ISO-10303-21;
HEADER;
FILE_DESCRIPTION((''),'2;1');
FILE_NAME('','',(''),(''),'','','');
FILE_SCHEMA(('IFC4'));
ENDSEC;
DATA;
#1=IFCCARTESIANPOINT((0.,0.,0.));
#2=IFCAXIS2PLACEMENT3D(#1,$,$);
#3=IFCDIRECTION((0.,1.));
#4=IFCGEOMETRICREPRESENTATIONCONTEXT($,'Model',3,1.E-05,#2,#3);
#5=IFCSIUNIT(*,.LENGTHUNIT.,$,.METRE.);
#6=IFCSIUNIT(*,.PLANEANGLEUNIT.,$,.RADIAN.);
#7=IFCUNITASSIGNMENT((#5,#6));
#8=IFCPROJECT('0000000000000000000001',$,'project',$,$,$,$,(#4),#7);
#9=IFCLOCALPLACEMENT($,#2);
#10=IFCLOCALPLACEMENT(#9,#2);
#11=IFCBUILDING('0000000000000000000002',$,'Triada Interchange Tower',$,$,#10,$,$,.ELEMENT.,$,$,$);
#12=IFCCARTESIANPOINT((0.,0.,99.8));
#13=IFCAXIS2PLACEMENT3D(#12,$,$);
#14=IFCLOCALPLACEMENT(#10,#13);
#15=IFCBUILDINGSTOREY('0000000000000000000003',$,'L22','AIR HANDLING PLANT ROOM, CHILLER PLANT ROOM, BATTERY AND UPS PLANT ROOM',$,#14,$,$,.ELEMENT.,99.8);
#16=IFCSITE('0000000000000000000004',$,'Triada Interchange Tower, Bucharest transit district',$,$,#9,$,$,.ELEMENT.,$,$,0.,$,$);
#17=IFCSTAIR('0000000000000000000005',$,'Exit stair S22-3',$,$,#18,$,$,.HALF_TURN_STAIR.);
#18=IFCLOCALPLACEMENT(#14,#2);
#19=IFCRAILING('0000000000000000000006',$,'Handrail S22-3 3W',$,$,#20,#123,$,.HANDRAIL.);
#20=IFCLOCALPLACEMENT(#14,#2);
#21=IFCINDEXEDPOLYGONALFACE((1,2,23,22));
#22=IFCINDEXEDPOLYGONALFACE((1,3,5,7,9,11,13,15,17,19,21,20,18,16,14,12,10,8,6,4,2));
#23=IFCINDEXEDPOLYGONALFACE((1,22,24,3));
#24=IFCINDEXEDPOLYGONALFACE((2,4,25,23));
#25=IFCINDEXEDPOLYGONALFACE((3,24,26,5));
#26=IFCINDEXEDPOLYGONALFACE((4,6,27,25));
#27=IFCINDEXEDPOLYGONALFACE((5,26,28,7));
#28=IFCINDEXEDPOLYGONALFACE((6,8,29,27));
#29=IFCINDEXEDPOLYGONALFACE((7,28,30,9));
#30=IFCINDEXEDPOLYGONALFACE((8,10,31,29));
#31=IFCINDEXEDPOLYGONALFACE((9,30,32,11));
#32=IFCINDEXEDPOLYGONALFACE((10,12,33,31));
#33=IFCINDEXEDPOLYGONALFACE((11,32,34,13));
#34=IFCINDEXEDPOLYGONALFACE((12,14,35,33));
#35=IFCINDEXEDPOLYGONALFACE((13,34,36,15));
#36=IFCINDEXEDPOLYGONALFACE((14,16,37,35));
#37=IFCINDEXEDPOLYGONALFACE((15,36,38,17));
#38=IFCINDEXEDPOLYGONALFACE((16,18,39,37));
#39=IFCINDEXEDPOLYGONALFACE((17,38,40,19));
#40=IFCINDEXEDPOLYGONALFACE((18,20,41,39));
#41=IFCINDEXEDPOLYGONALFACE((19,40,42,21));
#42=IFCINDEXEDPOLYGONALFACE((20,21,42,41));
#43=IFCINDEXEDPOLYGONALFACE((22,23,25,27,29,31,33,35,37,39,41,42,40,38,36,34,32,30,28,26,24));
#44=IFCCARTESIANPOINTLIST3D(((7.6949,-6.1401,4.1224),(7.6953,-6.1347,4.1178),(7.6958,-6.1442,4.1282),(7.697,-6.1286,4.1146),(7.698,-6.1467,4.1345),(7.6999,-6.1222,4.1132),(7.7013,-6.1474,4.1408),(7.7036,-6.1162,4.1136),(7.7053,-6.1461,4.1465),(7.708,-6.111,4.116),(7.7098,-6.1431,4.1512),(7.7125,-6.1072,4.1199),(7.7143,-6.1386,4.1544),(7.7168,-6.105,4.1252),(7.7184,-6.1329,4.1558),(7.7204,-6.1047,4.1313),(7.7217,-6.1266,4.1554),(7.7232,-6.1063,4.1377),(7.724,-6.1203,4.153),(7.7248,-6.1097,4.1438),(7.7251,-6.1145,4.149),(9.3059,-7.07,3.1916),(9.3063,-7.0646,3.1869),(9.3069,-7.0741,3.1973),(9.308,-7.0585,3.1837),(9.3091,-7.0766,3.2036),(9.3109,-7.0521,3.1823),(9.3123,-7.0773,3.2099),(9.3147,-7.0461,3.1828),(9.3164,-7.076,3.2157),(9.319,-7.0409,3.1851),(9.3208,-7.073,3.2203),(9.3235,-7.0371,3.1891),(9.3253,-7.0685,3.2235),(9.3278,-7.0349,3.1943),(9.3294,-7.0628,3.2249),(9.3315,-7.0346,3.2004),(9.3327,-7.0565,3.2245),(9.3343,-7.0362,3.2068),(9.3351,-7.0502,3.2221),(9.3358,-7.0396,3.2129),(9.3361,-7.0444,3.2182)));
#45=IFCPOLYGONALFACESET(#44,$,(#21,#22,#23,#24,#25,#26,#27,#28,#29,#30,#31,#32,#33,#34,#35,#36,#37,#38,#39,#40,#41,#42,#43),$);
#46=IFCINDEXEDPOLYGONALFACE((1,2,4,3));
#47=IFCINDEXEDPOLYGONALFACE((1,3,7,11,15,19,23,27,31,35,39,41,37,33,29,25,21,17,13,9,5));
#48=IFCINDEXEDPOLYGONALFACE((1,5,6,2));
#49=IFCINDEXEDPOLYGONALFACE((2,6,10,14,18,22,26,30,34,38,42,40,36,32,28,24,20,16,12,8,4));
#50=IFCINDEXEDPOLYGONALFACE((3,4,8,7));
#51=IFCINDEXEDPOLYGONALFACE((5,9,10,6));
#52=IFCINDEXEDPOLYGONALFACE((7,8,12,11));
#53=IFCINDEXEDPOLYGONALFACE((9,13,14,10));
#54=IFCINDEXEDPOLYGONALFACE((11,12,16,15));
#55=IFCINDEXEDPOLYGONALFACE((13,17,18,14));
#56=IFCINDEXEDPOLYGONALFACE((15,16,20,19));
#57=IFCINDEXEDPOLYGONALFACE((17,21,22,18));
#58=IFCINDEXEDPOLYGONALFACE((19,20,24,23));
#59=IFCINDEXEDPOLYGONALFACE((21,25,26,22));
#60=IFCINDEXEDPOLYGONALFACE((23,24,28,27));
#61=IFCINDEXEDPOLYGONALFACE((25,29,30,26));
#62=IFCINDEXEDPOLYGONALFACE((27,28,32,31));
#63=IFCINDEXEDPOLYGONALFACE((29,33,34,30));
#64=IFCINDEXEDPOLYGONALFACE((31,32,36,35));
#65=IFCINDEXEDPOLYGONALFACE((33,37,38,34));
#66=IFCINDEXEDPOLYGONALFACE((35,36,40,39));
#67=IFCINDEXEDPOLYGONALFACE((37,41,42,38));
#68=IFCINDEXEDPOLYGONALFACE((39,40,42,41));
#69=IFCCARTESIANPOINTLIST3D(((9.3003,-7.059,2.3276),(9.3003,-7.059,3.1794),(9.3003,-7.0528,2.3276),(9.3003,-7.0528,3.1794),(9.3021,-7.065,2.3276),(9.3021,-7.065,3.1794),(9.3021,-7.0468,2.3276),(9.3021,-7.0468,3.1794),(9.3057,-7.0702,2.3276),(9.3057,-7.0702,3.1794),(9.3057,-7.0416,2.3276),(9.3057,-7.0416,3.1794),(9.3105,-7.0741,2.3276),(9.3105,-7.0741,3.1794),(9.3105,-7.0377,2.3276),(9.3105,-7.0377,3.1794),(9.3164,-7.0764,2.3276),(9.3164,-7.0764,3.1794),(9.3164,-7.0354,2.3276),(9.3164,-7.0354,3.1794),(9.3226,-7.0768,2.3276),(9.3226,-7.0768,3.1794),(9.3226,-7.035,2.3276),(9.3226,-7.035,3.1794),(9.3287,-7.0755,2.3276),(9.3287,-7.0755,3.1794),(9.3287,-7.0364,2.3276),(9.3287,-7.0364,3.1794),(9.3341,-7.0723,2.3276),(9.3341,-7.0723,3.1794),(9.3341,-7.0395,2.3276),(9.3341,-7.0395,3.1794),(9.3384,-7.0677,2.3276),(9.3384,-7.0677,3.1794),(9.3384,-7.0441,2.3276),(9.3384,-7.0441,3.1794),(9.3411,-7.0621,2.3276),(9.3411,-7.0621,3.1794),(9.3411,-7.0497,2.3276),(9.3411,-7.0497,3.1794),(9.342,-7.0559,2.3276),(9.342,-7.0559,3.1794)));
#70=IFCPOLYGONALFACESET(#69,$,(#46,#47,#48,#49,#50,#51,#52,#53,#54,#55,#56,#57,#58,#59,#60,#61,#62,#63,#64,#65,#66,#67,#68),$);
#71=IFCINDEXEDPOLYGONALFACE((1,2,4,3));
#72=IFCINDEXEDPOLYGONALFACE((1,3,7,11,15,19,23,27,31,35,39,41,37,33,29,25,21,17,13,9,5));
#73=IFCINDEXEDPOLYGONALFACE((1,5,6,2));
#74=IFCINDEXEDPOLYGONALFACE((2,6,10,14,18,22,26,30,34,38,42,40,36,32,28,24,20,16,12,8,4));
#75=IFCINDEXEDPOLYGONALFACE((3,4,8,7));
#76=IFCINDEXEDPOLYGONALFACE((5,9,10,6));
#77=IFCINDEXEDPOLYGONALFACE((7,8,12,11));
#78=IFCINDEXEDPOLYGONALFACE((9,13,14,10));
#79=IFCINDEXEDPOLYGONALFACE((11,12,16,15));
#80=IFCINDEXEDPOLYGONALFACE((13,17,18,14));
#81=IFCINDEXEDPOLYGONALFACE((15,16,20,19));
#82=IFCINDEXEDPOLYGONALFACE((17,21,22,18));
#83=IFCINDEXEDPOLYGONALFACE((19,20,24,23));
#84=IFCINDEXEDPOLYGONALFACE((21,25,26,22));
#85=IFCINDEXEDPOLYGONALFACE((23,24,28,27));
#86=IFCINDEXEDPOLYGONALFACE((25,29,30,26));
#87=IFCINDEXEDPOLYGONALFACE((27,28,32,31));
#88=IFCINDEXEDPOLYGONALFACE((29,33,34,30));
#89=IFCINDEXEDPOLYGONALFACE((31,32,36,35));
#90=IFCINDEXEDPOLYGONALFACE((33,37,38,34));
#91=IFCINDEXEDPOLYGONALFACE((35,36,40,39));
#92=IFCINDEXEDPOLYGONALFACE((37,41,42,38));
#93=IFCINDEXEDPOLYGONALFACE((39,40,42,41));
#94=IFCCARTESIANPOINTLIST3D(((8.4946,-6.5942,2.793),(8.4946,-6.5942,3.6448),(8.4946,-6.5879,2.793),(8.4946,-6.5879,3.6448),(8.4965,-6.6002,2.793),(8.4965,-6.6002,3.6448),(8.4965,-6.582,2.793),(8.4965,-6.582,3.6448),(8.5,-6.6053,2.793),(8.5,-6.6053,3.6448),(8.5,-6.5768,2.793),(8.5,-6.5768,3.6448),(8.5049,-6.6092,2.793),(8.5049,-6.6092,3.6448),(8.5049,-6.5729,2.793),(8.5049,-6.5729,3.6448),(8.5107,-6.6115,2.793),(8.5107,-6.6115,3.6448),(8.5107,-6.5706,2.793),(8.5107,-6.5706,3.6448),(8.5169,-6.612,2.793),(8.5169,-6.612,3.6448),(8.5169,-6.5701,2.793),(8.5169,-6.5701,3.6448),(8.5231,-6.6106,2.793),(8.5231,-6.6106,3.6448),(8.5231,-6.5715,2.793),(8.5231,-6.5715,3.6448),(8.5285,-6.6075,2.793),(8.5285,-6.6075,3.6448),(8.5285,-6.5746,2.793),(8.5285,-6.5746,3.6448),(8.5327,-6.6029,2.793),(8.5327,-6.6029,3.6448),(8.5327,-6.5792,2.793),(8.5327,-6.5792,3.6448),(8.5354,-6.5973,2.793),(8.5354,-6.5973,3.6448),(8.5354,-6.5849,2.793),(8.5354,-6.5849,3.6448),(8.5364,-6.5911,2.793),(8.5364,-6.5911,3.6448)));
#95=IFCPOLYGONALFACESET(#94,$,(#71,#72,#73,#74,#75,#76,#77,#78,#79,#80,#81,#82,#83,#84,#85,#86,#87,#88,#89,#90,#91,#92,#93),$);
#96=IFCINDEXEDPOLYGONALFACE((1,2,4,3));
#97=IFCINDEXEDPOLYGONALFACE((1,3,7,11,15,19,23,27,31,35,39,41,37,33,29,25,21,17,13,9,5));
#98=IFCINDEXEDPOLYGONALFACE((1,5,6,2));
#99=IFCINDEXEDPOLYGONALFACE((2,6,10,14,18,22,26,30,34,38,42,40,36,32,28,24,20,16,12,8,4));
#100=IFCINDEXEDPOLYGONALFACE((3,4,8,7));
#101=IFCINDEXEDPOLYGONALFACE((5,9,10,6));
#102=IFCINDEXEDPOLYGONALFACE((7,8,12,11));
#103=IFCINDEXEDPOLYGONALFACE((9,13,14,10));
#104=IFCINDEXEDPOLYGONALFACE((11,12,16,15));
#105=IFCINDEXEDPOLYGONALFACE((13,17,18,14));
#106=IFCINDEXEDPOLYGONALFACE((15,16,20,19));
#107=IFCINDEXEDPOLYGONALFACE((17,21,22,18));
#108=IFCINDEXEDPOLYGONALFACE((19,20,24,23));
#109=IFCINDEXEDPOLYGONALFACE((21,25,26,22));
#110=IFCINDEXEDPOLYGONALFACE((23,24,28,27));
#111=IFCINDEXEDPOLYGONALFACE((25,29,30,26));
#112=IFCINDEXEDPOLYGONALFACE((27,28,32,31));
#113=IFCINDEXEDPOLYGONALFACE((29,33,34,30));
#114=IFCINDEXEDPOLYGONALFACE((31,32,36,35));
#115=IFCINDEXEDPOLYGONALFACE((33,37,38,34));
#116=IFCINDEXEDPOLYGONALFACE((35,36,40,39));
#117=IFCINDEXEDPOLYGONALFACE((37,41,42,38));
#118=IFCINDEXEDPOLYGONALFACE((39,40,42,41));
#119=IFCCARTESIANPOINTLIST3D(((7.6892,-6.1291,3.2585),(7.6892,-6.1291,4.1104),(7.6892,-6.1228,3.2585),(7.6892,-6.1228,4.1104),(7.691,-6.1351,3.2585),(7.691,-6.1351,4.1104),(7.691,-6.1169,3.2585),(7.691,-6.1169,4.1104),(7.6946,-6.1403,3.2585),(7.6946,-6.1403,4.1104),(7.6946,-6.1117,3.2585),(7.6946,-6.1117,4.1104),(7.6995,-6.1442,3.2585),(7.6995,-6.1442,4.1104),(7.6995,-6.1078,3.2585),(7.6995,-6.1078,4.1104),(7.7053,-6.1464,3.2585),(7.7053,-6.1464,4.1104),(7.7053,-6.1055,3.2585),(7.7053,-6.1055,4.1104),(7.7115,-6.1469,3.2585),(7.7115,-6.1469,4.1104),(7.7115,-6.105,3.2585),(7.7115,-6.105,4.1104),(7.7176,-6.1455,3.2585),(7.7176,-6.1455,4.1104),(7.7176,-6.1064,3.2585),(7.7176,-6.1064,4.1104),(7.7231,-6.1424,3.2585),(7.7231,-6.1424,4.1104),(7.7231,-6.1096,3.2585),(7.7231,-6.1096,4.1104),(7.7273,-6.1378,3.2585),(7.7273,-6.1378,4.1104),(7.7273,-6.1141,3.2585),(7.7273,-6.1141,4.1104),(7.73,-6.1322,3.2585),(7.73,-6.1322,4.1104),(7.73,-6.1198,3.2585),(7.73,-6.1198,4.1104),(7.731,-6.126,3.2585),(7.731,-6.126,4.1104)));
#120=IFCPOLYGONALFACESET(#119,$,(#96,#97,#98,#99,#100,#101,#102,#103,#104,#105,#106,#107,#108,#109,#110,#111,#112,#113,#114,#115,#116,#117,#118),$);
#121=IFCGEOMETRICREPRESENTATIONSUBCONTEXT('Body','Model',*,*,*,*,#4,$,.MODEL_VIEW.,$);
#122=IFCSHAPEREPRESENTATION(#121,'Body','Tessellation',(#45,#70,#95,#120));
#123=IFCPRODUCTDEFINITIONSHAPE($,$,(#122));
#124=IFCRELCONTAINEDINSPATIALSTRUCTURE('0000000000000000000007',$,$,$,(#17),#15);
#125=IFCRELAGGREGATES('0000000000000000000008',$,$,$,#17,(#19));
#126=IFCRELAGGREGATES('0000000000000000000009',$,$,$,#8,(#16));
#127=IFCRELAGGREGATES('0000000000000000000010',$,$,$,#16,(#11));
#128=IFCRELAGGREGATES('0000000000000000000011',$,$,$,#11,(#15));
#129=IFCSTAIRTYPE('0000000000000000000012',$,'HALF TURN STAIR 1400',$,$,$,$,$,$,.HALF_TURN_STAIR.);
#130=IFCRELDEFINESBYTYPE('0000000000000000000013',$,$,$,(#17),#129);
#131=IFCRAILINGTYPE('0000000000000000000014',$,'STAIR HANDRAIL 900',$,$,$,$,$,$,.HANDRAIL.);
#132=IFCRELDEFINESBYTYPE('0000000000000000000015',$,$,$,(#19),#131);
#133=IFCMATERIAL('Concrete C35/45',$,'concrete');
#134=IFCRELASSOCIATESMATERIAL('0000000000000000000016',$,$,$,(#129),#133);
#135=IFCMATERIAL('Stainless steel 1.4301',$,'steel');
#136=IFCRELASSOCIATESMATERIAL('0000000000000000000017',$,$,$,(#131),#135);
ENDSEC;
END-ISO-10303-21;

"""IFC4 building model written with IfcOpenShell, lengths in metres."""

from ifc_helpers import new_model, si_unit, direction, frame, origin, origin_2d, place, context, subcontext, project, spatial, circle, extrude, material, type_object, element, aggregate, save


model = new_model("IFC4")

# Units and contexts
model_context = context("Model", 3, precision=1e-05, world=origin(), true_north=direction((0.0, 1.0)))
body_context = subcontext(model_context, "Body", "Model", "MODEL_VIEW")
ifc_project = project(units=[si_unit("LENGTHUNIT", "METRE"), si_unit("PLANEANGLEUNIT", "RADIAN")], contexts=[model_context])

# Site, building, storey
site_placement = place(None, origin())
site = spatial("IfcSite", under=ifc_project, at=site_placement, Name="Triada Interchange Tower, Bucharest transit district", CompositionType="ELEMENT", RefElevation=0.0)
building_placement = place(site_placement, origin())
building = spatial("IfcBuilding", under=site, at=building_placement, Name="Triada Interchange Tower", CompositionType="ELEMENT")
storey_placement = place(building_placement, frame((0.0, 0.0, 99.8)))
storey = spatial("IfcBuildingStorey", under=building, at=storey_placement, Name="L22", Description="AIR HANDLING PLANT ROOM, CHILLER PLANT ROOM, BATTERY AND UPS PLANT ROOM", CompositionType="ELEMENT", Elevation=99.8)

# Stair, railing
ifc_material_1 = material(Name="Concrete C35/45", Category="concrete")
stair_type = type_object("IfcStairType", Name="HALF TURN STAIR 1400", PredefinedType="HALF_TURN_STAIR", material=ifc_material_1)
stair_placement = place(storey_placement, origin())
stair = element("IfcStair", 1, at=stair_placement, inside=storey, type_object=stair_type, Name="Exit stair S22-3", PredefinedType="HALF_TURN_STAIR")
ifc_material_2 = material(Name="Stainless steel 1.4301", Category="steel")
railing_type = type_object("IfcRailingType", Name="STAIR HANDRAIL 900", PredefinedType="HANDRAIL", material=ifc_material_2)
railing_1_placement = place(storey_placement, frame((9.321, -7.0559, 2.3276)))
railing_1 = element("IfcRailing", 2, at=railing_1_placement, type_object=railing_type, Name="Handrail S22-3 3W", PredefinedType="HANDRAIL", context=body_context, shape_type="SweptSolid", body=[
    extrude(circle(Radius=0.0239, at=origin_2d()), frame((0.0, 0.0, 0.876), z_axis=(-0.77451, 0.447054, 0.447523), x_axis=(-0.499908, -0.866079, 0.0)), (0.0, 0.0, 1.0), 2.0801),
    extrude(circle(Radius=0.021, at=origin_2d()), origin(), (0.0, 0.0, 1.0), 0.8518),
    extrude(circle(Radius=0.021, at=origin_2d()), frame((-0.8057, 0.4648, 0.4653)), (0.0, 0.0, 1.0), 0.8518),
    extrude(circle(Radius=0.021, at=origin_2d()), frame((-1.6111, 0.9299, 0.9309)), (0.0, 0.0, 1.0), 0.8518),
])
aggregate(stair, [railing_1])

save(model, "model.ifc")
